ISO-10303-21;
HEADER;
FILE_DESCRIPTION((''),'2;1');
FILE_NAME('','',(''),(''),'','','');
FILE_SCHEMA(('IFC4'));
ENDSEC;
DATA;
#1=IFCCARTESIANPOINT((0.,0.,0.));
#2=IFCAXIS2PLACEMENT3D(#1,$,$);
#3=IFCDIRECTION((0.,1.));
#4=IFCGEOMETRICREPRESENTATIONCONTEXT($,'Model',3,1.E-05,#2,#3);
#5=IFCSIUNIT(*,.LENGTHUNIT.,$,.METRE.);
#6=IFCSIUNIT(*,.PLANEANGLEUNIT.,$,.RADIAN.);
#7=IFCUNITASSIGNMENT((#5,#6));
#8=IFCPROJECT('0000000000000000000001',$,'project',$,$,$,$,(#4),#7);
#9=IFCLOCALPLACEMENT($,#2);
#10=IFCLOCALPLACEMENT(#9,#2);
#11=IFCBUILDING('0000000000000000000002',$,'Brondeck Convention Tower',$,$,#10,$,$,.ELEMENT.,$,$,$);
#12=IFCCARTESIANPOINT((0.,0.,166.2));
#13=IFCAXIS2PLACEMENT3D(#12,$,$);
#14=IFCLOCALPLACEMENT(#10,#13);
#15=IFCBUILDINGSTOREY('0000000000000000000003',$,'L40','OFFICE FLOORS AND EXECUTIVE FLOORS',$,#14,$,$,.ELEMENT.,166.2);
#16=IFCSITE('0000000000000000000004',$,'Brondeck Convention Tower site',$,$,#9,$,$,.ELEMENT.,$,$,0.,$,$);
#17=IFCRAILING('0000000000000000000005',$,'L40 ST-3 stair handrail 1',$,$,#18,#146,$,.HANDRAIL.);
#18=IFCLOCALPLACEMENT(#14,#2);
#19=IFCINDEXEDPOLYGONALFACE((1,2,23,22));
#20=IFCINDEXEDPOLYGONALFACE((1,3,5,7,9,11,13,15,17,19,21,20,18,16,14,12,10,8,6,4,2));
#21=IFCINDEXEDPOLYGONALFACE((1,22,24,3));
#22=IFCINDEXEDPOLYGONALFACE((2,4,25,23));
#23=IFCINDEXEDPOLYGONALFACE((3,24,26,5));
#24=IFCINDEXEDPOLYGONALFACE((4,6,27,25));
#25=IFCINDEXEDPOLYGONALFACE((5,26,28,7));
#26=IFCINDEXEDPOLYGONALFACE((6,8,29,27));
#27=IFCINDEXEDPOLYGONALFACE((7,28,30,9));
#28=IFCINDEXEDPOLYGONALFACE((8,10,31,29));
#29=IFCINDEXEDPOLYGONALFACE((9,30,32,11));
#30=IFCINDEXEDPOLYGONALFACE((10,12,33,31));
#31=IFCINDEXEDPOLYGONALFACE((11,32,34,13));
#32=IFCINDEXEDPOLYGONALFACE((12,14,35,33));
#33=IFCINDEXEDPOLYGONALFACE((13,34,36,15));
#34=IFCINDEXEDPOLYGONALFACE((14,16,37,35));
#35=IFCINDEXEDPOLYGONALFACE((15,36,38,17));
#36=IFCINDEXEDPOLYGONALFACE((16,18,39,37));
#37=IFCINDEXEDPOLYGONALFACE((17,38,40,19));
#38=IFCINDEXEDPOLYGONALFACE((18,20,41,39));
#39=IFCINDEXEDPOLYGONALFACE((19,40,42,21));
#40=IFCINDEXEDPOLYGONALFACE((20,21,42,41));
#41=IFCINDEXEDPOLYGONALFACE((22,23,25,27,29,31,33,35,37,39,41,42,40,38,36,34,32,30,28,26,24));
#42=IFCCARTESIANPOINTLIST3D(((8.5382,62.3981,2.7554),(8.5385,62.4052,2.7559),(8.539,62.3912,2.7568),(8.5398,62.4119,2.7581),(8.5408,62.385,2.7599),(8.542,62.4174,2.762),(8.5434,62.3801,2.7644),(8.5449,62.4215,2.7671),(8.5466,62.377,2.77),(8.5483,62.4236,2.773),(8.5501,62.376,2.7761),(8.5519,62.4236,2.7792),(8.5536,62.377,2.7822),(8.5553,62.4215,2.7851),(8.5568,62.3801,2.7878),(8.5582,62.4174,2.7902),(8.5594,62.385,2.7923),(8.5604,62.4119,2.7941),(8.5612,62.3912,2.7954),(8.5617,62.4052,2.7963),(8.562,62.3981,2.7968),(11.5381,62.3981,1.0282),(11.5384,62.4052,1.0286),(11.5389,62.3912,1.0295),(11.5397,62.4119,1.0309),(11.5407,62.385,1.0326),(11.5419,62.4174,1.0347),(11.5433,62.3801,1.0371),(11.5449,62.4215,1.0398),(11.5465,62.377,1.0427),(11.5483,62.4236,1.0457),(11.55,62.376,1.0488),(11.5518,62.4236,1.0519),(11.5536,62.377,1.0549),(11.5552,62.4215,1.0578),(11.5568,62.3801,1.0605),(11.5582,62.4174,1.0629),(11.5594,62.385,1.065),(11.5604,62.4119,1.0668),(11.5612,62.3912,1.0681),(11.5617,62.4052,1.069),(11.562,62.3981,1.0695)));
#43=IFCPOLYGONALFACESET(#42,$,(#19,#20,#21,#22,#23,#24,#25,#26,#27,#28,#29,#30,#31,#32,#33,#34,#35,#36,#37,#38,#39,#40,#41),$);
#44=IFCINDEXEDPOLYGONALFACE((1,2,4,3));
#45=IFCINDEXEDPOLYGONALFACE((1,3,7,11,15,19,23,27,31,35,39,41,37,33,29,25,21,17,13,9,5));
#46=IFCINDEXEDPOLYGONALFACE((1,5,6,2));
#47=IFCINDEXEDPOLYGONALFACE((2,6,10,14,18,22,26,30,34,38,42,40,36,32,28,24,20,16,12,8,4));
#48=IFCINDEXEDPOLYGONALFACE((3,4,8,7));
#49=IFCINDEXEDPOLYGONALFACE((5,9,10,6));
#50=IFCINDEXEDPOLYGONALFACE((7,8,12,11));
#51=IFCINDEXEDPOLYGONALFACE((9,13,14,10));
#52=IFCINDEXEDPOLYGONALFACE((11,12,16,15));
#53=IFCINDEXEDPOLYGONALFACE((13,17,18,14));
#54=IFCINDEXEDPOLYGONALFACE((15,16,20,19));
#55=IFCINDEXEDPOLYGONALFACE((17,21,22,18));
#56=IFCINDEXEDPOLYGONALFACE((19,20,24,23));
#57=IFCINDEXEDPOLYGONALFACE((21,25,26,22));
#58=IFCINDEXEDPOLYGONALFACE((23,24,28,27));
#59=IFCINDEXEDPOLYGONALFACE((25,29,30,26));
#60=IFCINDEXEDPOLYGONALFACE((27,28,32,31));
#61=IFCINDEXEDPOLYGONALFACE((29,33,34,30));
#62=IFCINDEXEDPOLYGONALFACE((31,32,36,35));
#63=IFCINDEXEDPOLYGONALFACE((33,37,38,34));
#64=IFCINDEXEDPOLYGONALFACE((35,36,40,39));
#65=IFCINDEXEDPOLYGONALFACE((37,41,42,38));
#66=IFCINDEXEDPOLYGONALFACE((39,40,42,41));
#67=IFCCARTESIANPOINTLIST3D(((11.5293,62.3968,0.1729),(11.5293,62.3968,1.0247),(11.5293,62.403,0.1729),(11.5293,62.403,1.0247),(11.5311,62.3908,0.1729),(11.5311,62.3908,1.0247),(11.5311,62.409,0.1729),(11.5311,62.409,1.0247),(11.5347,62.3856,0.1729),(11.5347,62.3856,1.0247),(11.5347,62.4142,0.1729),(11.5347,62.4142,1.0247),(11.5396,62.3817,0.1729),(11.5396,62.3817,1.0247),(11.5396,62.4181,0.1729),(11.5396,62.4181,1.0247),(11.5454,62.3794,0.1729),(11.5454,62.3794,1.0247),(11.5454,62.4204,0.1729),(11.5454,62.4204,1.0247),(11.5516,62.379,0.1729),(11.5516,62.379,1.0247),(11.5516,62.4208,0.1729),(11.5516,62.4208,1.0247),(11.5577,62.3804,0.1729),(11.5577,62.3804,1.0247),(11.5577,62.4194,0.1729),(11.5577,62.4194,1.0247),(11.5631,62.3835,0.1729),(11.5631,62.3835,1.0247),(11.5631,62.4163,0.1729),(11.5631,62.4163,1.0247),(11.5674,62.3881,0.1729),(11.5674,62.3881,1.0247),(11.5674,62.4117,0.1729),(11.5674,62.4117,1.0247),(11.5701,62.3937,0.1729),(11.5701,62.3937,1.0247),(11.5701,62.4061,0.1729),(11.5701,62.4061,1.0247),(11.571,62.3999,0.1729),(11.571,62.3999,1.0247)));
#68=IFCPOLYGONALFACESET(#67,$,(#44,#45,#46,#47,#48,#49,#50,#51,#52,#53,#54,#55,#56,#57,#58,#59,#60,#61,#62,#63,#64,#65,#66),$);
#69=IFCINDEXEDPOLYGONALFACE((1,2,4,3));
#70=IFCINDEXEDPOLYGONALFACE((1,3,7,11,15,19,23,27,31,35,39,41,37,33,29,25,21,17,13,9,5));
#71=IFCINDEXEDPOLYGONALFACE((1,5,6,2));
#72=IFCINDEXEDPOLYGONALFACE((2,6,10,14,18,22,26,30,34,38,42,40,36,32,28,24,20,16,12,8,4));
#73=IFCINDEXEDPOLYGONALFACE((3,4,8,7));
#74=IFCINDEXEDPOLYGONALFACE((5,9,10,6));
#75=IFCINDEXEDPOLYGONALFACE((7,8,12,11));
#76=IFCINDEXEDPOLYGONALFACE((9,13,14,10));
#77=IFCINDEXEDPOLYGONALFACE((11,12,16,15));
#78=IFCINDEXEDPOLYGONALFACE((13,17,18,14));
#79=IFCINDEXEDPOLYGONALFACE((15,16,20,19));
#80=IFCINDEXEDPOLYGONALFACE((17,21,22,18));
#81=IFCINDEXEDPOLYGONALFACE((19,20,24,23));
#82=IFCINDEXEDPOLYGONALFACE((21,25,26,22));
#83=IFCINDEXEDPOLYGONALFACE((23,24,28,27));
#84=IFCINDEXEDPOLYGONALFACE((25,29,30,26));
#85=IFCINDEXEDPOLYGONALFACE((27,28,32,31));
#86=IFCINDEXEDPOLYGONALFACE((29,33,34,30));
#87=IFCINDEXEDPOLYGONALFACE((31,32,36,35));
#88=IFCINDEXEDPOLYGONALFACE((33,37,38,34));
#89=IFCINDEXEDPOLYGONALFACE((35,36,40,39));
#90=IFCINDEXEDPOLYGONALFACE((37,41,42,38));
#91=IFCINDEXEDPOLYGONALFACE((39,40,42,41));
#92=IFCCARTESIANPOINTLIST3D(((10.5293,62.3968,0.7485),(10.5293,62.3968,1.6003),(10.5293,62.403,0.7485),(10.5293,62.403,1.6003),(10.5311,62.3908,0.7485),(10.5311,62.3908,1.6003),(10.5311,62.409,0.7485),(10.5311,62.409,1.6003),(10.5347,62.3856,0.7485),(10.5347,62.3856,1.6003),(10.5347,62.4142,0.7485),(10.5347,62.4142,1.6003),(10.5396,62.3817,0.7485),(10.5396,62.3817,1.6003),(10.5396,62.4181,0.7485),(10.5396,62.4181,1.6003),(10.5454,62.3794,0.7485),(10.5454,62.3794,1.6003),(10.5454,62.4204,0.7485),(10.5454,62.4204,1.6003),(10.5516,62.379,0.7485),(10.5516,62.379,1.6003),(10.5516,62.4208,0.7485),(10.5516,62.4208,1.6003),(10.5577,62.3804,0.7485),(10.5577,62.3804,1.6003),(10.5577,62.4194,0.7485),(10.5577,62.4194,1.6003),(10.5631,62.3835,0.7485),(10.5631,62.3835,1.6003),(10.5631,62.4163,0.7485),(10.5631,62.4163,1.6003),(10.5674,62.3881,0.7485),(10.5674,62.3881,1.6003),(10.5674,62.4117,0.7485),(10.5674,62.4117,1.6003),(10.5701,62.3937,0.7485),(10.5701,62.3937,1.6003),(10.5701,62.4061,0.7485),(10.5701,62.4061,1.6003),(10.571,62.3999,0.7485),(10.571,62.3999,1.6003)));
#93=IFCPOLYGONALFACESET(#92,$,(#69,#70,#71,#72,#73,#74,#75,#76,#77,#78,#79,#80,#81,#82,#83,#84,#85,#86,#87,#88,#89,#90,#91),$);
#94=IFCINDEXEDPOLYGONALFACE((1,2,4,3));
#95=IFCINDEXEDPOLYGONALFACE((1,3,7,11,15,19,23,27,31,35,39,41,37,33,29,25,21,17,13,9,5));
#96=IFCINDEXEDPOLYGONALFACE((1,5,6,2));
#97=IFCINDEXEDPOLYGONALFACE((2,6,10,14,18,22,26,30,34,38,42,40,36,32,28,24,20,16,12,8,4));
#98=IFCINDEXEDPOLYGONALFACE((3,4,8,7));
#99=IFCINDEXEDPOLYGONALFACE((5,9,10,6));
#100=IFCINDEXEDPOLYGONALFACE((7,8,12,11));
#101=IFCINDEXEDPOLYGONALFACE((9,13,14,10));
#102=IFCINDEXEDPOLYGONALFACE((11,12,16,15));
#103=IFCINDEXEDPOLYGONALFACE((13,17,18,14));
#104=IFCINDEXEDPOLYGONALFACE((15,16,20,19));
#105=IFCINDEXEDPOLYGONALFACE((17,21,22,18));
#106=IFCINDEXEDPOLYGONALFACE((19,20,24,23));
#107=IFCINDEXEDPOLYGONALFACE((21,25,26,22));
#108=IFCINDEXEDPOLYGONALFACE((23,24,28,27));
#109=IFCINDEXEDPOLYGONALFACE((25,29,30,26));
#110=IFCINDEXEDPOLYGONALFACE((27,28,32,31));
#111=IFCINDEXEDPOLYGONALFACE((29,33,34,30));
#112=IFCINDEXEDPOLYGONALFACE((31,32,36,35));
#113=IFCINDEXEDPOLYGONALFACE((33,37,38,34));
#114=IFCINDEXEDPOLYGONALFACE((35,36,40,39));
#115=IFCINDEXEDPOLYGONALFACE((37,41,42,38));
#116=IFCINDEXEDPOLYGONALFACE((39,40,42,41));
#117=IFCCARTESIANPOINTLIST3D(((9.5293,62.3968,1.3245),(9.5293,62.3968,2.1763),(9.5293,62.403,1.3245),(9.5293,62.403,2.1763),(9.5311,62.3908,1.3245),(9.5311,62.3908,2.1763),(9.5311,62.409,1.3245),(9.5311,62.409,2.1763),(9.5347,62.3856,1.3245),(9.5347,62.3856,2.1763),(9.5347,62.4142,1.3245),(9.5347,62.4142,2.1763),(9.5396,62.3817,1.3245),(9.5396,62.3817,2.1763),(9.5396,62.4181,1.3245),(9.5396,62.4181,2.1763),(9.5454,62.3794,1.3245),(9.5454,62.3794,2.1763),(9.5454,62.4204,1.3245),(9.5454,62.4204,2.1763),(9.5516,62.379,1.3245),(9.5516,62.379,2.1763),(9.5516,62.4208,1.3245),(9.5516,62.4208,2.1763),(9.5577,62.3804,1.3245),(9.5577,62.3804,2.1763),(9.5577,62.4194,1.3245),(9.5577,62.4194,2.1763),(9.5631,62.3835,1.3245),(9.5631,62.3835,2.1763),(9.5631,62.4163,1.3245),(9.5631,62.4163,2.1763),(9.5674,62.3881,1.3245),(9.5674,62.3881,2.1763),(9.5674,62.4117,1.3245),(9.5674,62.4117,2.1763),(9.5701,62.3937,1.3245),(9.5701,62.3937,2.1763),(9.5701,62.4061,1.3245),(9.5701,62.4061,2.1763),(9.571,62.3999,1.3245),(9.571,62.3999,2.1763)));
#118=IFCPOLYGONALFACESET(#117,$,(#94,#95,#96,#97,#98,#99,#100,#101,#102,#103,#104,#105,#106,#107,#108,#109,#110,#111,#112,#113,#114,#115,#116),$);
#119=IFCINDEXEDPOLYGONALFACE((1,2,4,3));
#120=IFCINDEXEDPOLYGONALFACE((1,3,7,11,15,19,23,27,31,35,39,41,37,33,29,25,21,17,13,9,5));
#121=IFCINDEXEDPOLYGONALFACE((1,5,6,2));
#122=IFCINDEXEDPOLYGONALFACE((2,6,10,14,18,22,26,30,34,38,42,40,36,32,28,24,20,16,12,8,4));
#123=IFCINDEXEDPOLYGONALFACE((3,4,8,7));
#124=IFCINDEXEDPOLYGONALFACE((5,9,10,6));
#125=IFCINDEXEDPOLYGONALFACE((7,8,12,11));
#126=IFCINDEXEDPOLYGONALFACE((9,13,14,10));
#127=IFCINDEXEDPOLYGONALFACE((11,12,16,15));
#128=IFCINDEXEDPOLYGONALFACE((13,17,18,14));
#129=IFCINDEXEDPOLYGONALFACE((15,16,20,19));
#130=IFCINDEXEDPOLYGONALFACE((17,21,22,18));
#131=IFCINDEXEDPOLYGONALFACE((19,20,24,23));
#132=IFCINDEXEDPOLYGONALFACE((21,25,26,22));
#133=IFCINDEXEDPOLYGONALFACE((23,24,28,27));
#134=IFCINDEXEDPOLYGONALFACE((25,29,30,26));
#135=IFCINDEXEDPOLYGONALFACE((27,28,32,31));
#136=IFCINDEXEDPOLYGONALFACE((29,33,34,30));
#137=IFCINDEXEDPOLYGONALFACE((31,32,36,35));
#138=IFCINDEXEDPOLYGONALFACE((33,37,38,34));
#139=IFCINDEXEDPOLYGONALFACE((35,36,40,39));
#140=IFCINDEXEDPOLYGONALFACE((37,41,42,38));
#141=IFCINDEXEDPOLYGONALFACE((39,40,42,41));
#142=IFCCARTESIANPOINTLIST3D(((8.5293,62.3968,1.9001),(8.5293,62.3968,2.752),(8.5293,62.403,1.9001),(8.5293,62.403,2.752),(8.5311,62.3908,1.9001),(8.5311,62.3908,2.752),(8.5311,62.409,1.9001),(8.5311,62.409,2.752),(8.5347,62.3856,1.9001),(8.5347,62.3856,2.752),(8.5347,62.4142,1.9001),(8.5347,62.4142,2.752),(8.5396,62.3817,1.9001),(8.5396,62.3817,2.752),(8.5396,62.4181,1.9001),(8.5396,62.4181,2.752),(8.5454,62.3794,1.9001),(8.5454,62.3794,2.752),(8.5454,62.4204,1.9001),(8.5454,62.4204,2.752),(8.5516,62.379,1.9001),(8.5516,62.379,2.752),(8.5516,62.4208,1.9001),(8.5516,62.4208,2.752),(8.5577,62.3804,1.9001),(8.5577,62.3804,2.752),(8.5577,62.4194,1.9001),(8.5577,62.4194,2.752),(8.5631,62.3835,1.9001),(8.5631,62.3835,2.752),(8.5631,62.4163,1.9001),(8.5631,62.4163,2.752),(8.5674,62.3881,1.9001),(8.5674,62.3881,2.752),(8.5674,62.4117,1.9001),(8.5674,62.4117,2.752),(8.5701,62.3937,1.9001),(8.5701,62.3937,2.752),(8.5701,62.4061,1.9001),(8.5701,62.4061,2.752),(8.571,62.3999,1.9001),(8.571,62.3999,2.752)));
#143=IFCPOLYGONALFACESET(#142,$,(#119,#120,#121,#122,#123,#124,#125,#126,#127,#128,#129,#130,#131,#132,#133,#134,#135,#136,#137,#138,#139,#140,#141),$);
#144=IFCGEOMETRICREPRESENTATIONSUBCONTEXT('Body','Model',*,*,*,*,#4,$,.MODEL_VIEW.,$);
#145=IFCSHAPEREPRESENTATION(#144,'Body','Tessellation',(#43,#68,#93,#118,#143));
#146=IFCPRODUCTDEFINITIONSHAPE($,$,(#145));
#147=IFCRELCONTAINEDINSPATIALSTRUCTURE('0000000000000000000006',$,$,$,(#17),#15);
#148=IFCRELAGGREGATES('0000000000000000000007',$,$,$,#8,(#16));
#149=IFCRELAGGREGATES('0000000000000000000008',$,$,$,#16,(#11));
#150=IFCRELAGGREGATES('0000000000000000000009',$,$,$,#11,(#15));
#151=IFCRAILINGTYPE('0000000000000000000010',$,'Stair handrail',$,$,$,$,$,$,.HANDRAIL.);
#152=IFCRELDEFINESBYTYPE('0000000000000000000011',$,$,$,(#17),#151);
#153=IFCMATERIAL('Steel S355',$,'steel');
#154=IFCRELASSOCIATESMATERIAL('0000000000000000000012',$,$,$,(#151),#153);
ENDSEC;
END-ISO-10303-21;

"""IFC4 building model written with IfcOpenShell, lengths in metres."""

from ifc_helpers import new_model, si_unit, direction, frame, origin, origin_2d, place, context, subcontext, project, spatial, circle, extrude, material, type_object, element, save


model = new_model("IFC4")

# Units and contexts
model_context = context("Model", 3, precision=1e-05, world=origin(), true_north=direction((0.0, 1.0)))
body_context = subcontext(model_context, "Body", "Model", "MODEL_VIEW")
ifc_project = project(units=[si_unit("LENGTHUNIT", "METRE"), si_unit("PLANEANGLEUNIT", "RADIAN")], contexts=[model_context])

# Site, building, storey
site_placement = place(None, origin())
site = spatial("IfcSite", under=ifc_project, at=site_placement, Name="Brondeck Convention Tower site", CompositionType="ELEMENT", RefElevation=0.0)
building_placement = place(site_placement, origin())
building = spatial("IfcBuilding", under=site, at=building_placement, Name="Brondeck Convention Tower", CompositionType="ELEMENT")
storey_placement = place(building_placement, frame((0.0, 0.0, 166.2)))
storey = spatial("IfcBuildingStorey", under=building, at=storey_placement, Name="L40", Description="OFFICE FLOORS AND EXECUTIVE FLOORS", CompositionType="ELEMENT", Elevation=166.2)

# Railing
ifc_material_1 = material(Name="Steel S355", Category="steel")
railing_type_1 = type_object("IfcRailingType", Name="Stair handrail", PredefinedType="HANDRAIL", material=ifc_material_1)
railing_1_placement = place(storey_placement, frame((11.55, 62.3999, 0.1729)))
element("IfcRailing", 1, at=railing_1_placement, inside=storey, type_object=railing_type_1, Name="L40 ST-3 stair handrail 1", PredefinedType="HANDRAIL", context=body_context, shape_type="SweptSolid", body=[
    extrude(circle(Radius=0.0239, at=origin_2d()), frame((0.0, 0.0, 0.876), z_axis=(-0.86662, 0.0, 0.498969), x_axis=(0.0, -1.0, 0.0)), (0.0, 0.0, 1.0), 3.4617),
    extrude(circle(Radius=0.021, at=origin_2d()), origin(), (0.0, 0.0, 1.0), 0.8518),
    extrude(circle(Radius=0.021, at=origin_2d()), frame((-1.0, 0.0, 0.5757)), (0.0, 0.0, 1.0), 0.8518),
    extrude(circle(Radius=0.021, at=origin_2d()), frame((-2.0, 0.0, 1.1516)), (0.0, 0.0, 1.0), 0.8518),
    extrude(circle(Radius=0.021, at=origin_2d()), frame((-3.0, 0.0, 1.7273)), (0.0, 0.0, 1.0), 0.8518),
])

save(model, "model.ifc")
